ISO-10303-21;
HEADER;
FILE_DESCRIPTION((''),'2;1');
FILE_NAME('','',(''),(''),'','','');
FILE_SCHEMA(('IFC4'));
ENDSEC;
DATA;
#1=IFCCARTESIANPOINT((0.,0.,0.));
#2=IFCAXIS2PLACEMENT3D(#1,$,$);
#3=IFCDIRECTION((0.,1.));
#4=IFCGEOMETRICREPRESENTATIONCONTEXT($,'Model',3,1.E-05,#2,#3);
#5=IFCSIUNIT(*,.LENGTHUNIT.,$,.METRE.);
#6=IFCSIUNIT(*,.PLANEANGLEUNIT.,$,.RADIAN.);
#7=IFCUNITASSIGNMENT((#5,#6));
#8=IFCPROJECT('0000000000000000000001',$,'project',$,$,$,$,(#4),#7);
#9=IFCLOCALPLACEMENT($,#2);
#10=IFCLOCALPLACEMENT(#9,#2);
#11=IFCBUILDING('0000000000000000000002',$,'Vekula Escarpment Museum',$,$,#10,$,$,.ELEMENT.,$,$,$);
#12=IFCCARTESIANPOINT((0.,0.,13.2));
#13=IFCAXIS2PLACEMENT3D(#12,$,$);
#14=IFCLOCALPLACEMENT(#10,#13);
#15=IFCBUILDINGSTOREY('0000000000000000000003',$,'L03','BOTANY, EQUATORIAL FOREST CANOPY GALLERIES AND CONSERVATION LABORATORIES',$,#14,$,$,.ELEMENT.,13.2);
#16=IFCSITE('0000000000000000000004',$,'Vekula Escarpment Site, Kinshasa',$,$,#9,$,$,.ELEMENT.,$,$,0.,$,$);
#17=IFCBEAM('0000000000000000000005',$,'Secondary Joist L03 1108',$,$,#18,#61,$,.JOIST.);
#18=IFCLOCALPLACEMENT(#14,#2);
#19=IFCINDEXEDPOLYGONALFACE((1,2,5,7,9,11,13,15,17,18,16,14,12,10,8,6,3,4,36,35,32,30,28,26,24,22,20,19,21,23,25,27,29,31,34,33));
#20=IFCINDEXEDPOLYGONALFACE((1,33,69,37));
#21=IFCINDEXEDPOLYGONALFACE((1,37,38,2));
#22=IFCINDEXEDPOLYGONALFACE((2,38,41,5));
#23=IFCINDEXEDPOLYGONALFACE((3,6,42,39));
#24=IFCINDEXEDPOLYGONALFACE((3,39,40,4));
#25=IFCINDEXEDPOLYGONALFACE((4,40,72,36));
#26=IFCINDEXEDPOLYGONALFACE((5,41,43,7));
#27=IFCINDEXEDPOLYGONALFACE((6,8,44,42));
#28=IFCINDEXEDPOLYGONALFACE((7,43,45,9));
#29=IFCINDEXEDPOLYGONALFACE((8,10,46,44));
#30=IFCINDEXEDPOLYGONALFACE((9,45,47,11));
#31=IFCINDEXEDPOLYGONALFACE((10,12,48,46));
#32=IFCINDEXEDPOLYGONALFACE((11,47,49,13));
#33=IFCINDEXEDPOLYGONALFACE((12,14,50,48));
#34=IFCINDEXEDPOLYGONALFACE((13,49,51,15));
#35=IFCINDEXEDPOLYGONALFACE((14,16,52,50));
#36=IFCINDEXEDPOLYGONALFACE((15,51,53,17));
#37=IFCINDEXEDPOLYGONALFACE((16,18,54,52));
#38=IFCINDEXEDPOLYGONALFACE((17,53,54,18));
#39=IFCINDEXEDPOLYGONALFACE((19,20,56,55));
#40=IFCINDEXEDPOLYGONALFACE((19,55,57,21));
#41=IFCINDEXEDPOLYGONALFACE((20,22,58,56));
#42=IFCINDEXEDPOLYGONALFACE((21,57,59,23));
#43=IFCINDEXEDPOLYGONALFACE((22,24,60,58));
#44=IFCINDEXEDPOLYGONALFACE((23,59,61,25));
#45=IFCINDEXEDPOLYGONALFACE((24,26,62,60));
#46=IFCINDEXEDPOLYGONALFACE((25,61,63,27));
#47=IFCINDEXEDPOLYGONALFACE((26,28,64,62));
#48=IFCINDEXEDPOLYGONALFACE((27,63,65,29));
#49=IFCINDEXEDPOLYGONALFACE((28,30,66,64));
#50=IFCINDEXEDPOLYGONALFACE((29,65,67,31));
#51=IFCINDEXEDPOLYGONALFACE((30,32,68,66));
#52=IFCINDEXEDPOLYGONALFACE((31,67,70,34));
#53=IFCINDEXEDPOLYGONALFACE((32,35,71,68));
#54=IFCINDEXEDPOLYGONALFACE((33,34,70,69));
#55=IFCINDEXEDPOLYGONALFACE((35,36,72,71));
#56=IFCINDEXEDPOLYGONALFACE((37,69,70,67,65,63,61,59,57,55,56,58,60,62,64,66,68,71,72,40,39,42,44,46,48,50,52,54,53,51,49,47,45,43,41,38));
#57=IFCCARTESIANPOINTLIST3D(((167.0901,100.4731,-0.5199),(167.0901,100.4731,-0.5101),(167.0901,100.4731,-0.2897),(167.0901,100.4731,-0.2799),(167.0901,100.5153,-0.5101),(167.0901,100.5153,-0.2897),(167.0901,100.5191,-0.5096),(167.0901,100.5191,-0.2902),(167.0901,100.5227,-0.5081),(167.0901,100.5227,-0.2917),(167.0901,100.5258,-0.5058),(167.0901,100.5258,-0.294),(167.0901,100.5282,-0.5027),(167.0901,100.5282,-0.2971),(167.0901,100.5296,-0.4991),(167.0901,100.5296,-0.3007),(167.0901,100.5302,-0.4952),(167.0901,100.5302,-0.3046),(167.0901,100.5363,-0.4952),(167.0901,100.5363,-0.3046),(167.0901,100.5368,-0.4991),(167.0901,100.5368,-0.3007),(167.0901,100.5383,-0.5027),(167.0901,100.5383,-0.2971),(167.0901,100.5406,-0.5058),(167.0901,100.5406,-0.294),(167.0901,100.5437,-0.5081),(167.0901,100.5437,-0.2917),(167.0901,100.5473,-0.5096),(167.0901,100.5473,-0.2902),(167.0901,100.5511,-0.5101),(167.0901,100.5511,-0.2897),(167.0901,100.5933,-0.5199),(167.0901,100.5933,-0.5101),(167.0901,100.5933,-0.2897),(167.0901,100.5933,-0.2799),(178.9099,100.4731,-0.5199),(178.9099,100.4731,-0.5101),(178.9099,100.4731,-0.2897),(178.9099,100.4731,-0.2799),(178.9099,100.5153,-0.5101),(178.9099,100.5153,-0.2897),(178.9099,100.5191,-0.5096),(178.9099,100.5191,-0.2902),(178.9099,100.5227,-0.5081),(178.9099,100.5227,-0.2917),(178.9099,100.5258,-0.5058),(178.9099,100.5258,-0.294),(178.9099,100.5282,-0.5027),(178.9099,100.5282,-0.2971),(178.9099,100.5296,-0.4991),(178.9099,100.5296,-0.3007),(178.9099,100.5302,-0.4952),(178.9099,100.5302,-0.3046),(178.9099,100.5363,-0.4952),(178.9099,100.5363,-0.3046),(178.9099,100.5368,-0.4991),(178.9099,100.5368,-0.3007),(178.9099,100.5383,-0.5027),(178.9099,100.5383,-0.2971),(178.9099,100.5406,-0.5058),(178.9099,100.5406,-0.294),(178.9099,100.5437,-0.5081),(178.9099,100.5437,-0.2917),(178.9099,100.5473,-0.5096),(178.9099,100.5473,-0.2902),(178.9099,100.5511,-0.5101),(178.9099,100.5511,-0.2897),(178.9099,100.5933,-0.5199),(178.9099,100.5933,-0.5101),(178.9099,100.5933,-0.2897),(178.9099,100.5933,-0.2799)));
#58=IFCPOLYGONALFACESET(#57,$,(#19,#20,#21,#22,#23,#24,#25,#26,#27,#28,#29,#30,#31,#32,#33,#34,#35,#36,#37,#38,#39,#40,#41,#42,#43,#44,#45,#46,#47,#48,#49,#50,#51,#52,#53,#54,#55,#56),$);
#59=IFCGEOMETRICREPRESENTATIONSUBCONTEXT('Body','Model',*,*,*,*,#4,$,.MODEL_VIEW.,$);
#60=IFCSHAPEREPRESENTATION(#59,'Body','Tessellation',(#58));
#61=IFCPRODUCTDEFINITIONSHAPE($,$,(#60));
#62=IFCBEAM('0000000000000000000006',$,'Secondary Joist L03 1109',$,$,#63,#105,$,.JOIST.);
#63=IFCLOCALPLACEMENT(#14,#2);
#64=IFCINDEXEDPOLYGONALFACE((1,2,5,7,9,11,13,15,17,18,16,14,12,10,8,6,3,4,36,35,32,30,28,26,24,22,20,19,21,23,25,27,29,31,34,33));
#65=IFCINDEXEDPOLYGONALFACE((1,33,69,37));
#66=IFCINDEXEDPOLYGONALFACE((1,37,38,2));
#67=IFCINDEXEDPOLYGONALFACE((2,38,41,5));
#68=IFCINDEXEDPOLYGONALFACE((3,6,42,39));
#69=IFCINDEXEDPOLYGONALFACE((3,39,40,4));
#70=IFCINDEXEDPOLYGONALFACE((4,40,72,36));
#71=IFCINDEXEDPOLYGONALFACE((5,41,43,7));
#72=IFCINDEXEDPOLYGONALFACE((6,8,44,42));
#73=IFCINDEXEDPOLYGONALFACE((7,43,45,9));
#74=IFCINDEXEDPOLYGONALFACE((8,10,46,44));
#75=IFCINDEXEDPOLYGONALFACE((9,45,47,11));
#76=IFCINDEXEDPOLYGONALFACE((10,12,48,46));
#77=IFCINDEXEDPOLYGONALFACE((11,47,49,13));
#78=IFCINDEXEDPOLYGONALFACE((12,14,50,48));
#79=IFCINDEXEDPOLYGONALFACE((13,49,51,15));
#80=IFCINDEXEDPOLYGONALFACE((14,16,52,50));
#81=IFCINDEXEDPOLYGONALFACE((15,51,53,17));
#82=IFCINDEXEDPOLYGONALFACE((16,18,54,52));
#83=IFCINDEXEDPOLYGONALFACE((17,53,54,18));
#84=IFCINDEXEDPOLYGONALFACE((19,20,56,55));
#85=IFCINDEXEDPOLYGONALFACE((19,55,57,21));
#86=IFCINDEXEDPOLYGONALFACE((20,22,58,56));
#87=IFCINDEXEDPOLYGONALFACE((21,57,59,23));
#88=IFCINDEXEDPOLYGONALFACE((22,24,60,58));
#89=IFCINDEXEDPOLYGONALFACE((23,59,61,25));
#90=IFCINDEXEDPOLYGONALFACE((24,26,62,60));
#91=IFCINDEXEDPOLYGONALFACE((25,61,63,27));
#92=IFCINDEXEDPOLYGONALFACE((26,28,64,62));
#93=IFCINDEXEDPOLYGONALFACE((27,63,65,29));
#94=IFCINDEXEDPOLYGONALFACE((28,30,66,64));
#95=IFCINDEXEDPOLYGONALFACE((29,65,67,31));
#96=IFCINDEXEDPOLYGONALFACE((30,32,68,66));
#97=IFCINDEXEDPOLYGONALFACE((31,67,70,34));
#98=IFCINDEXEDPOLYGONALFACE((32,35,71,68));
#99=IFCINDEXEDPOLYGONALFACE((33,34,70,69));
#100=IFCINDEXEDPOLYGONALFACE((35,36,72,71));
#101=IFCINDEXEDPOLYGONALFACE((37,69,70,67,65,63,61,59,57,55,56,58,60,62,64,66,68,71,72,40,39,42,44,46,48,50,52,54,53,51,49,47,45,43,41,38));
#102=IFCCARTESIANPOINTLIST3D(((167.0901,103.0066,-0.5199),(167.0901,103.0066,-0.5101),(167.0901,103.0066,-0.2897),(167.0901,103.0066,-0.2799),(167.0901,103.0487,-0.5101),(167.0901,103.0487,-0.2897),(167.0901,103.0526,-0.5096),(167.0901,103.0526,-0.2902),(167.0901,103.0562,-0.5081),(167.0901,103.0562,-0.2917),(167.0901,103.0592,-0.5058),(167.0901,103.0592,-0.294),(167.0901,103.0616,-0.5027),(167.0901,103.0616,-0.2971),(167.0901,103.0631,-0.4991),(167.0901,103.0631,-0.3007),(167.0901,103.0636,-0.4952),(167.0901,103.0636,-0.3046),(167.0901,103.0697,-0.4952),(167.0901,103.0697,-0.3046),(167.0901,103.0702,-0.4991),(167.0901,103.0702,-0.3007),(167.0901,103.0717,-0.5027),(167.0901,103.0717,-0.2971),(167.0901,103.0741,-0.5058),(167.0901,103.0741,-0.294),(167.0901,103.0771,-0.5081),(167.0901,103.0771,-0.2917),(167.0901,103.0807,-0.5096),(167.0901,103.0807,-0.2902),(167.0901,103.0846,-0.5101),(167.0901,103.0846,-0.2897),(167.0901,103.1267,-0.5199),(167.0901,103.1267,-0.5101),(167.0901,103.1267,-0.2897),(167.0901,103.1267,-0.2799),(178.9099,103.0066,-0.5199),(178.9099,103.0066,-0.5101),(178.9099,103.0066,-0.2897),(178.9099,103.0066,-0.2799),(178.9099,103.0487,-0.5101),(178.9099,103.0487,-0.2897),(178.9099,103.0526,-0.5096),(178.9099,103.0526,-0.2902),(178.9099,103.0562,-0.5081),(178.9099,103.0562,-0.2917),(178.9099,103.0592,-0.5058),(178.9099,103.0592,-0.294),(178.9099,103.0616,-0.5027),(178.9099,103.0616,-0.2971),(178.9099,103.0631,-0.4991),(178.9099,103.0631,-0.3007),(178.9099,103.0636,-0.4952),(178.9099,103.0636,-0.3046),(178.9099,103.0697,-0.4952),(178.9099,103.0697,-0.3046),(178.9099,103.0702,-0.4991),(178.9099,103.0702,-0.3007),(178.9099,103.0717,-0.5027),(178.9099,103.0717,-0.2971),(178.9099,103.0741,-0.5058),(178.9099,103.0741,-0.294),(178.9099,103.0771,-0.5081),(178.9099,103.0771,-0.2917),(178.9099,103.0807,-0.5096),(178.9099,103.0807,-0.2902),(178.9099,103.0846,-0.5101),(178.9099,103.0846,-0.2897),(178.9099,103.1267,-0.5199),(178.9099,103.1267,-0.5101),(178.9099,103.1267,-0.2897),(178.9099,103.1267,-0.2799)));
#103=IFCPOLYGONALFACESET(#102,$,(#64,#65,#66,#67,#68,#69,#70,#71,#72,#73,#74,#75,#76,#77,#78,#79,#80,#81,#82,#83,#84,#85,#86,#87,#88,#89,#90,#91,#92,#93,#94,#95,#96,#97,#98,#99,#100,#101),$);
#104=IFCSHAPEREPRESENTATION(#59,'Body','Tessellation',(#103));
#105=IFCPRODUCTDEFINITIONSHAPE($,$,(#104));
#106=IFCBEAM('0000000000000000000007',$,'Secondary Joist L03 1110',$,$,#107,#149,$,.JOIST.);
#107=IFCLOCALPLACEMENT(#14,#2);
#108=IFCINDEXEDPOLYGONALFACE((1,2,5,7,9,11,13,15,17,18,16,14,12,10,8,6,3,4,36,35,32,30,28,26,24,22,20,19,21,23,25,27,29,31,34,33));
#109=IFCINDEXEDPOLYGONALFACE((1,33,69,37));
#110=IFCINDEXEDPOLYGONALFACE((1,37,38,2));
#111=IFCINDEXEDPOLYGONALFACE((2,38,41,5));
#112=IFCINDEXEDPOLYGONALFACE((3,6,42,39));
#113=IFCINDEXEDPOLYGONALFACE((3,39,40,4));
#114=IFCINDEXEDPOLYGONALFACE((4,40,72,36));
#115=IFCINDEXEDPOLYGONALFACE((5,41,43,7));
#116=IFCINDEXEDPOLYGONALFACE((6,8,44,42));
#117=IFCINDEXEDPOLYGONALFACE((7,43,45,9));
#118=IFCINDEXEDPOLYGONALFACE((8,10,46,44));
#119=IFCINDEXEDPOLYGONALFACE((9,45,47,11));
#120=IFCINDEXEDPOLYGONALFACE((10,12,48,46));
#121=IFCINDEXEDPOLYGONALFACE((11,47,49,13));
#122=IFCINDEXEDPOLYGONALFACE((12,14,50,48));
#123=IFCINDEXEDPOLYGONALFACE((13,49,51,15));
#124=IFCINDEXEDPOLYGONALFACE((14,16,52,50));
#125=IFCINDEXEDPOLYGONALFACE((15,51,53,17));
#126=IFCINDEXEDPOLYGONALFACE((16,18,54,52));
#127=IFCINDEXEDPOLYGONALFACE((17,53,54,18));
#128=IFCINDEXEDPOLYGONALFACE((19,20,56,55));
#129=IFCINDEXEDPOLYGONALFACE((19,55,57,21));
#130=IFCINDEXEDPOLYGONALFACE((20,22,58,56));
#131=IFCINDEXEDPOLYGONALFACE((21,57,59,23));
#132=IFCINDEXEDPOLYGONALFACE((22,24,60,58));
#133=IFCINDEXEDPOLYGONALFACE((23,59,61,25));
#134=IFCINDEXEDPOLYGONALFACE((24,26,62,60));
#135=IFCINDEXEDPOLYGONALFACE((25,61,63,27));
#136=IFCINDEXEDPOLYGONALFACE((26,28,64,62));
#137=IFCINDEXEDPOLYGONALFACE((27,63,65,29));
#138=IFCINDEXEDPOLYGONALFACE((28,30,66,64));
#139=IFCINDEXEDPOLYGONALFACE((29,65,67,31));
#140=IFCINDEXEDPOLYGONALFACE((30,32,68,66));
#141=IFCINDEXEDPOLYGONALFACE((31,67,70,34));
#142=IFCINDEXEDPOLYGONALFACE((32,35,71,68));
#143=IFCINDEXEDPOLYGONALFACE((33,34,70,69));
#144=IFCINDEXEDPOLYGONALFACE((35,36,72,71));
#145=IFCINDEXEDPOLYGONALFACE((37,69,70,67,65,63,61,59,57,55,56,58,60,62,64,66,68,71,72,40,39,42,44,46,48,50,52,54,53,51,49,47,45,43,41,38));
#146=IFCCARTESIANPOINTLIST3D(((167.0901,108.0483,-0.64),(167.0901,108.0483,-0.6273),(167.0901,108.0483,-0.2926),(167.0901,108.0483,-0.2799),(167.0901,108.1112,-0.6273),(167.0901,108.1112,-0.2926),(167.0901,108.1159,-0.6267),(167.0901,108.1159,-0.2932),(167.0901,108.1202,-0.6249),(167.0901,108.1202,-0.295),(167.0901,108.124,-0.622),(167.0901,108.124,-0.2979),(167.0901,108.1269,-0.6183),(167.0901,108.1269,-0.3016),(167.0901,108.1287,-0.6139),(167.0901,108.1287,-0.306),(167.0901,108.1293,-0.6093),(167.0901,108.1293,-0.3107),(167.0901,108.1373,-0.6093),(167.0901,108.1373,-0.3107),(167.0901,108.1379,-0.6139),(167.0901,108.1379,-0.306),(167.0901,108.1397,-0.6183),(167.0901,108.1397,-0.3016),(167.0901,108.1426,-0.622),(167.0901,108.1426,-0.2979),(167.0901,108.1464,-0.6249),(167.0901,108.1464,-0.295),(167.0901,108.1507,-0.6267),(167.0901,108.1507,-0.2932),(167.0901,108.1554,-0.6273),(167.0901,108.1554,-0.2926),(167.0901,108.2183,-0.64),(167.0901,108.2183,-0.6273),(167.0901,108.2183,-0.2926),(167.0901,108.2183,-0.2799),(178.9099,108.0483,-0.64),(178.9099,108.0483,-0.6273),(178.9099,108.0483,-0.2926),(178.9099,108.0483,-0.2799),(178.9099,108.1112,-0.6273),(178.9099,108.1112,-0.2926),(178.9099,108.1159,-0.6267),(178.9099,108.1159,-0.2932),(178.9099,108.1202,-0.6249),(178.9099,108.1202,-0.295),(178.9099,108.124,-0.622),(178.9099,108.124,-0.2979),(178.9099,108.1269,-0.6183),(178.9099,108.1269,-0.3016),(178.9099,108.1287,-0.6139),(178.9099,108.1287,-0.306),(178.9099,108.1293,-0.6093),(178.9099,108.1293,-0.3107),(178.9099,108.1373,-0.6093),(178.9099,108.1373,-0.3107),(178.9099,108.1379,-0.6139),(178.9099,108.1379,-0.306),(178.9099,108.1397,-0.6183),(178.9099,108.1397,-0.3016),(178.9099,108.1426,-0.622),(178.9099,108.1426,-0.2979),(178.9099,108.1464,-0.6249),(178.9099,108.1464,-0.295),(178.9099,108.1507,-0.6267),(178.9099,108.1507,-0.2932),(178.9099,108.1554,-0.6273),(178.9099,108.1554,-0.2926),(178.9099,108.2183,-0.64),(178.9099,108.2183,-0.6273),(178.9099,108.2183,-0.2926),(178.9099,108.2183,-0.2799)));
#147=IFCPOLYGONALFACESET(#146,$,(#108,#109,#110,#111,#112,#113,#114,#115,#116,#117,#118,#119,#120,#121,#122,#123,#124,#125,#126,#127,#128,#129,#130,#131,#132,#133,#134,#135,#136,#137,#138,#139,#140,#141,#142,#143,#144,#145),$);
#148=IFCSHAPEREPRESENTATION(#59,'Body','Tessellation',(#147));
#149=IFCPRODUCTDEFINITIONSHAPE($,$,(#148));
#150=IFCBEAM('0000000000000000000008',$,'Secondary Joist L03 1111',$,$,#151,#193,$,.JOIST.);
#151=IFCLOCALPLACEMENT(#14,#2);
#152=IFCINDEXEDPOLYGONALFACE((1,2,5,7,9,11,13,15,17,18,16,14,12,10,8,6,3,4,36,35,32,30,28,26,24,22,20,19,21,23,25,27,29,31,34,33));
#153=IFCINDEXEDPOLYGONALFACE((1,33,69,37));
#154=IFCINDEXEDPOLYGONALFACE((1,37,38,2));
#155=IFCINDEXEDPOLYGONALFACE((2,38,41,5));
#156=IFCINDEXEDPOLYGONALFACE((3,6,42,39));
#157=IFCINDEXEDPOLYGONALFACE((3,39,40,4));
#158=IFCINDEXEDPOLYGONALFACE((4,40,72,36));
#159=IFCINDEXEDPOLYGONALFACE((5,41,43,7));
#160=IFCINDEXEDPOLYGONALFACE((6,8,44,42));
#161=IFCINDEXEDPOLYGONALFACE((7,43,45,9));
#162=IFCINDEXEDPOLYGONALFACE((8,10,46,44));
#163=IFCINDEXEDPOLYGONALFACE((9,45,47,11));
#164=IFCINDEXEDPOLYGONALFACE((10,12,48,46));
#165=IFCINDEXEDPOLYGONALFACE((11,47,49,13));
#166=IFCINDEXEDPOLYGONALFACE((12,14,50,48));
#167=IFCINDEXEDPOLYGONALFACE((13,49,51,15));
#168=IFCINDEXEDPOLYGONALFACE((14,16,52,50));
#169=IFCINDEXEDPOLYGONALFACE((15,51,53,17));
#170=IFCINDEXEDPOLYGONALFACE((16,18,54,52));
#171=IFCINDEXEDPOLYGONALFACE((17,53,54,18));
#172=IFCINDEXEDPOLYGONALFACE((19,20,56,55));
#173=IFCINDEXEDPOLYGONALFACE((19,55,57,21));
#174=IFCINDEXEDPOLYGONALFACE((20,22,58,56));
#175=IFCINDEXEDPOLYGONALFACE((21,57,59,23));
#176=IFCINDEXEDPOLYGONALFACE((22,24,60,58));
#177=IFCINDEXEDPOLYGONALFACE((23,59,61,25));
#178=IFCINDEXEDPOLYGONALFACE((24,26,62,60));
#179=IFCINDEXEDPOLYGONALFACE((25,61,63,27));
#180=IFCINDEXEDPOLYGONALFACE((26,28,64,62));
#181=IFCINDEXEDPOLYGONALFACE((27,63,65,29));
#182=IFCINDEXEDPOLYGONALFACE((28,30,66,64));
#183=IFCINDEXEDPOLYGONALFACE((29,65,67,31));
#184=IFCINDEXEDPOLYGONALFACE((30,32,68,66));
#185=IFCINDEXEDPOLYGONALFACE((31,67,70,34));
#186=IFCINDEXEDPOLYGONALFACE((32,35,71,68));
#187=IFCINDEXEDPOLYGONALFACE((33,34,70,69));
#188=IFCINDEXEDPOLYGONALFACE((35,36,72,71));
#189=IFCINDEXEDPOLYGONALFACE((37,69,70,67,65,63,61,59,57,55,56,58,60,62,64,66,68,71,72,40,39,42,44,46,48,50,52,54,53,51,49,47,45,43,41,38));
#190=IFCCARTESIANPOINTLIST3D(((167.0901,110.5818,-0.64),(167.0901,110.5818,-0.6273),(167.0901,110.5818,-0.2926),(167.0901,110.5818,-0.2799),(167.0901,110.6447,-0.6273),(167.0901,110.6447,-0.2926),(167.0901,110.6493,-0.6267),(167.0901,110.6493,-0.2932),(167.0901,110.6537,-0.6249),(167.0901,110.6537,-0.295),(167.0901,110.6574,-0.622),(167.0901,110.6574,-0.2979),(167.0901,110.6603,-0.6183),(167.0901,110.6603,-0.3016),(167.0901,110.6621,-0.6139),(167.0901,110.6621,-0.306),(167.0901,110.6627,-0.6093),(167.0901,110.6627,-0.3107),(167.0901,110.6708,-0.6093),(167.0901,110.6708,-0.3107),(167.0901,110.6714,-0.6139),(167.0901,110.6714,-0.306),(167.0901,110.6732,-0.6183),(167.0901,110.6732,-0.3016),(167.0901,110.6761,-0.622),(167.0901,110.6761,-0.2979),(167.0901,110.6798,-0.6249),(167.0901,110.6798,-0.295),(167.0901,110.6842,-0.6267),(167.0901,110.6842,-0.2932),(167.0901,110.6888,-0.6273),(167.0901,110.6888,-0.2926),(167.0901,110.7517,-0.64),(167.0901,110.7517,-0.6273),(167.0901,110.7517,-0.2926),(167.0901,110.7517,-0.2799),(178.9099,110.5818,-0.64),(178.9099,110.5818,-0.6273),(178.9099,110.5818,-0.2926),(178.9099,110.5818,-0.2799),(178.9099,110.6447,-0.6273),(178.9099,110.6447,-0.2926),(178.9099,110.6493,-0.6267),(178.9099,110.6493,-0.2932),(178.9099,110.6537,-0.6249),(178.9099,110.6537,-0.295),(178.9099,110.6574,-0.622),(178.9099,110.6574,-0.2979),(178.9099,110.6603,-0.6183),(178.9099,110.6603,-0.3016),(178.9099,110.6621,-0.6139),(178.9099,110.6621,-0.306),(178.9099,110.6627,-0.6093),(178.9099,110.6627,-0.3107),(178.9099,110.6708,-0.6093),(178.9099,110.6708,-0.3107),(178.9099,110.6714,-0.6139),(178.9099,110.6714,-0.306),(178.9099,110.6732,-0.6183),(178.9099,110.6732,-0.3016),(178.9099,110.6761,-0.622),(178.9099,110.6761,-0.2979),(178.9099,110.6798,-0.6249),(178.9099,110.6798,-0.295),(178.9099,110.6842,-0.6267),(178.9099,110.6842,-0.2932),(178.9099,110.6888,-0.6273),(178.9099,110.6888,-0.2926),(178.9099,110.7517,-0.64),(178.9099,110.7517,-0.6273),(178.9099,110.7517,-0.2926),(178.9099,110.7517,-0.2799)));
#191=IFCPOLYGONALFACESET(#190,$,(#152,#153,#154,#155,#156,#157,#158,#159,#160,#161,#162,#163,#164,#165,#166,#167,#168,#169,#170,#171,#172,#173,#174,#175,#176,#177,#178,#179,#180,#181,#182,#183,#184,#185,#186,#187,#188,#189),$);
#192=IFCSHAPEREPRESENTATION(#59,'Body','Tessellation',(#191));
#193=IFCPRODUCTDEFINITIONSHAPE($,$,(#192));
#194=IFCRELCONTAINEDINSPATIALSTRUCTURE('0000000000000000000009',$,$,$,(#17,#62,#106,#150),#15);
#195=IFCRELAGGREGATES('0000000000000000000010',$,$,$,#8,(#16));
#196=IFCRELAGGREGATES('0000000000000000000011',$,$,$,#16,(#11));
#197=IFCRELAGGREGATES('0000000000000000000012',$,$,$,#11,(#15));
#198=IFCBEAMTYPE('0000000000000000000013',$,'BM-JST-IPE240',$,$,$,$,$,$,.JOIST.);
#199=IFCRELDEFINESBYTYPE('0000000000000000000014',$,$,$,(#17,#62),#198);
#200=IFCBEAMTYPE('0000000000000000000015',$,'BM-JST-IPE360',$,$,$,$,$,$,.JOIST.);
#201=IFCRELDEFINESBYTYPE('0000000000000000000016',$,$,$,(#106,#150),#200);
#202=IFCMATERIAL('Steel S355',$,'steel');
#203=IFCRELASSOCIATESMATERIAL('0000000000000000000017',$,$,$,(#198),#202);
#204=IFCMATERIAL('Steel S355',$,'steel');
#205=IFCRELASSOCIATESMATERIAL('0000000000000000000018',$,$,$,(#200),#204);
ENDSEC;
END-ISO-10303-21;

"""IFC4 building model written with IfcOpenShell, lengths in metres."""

from ifc_helpers import new_model, si_unit, direction, frame, origin, origin_2d, place, context, subcontext, project, spatial, i_section, extrude, material, material_profile, profile_set, type_object, element, save


model = new_model("IFC4")

# Units and contexts
model_context = context("Model", 3, precision=1e-05, world=origin(), true_north=direction((0.0, 1.0)))
body_context = subcontext(model_context, "Body", "Model", "MODEL_VIEW")
ifc_project = project(units=[si_unit("LENGTHUNIT", "METRE"), si_unit("PLANEANGLEUNIT", "RADIAN")], contexts=[model_context])

# Site, building, storey
site_placement = place(None, origin())
site = spatial("IfcSite", under=ifc_project, at=site_placement, Name="Vekula Escarpment Site, Kinshasa", CompositionType="ELEMENT", RefElevation=0.0)
building_placement = place(site_placement, origin())
building = spatial("IfcBuilding", under=site, at=building_placement, Name="Vekula Escarpment Museum", CompositionType="ELEMENT")
storey_placement = place(building_placement, frame((0.0, 0.0, 13.2)))
storey = spatial("IfcBuildingStorey", under=building, at=storey_placement, Name="L03", Description="BOTANY, EQUATORIAL FOREST CANOPY GALLERIES AND CONSERVATION LABORATORIES", CompositionType="ELEMENT", Elevation=13.2)

# Beams
ifc_material_1 = material(Name="Steel S355", Category="steel")
ifc_material_profile_1 = material_profile(ifc_material_1, i_section(OverallWidth=0.1201, OverallDepth=0.24, WebThickness=0.0061, FlangeThickness=0.0098, FilletRadius=0.0149, at=origin_2d()), Name="IPE 240")
ifc_profile_set_1 = profile_set([ifc_material_profile_1], Name="Steel S355")
beam_type_1 = type_object("IfcBeamType", Name="BM-JST-IPE240", PredefinedType="JOIST", material=ifc_profile_set_1)
for number, where, z_axis, x_axis, name in (
    (1, (167.0901, 100.5332, -0.3999), (1.0, 0.0, 0.0), (0.0, 1.0, 0.0), "Secondary Joist L03 1108"),
    (2, (167.0901, 103.0667, -0.3999), (1.0, 0.0, 0.0), (0.0, 1.0, 0.0), "Secondary Joist L03 1109"),
):
    element("IfcBeam", number, at=place(storey_placement, frame(where, z_axis=z_axis, x_axis=x_axis)), inside=storey, type_object=beam_type_1, Name=name, PredefinedType="JOIST", context=body_context, shape_type="SweptSolid", body=[
        extrude(i_section(OverallWidth=0.1201, OverallDepth=0.24, WebThickness=0.0061, FlangeThickness=0.0098, FilletRadius=0.0149, at=origin_2d()), origin(), (0.0, 0.0, 1.0), 11.8198),
    ])
ifc_material_2 = material(Name="Steel S355", Category="steel")
ifc_material_profile_2 = material_profile(ifc_material_2, i_section(OverallWidth=0.1699, OverallDepth=0.3601, WebThickness=0.0081, FlangeThickness=0.0127, FilletRadius=0.0181, at=origin_2d()), Name="IPE 360")
ifc_profile_set_2 = profile_set([ifc_material_profile_2], Name="Steel S355")
beam_type_2 = type_object("IfcBeamType", Name="BM-JST-IPE360", PredefinedType="JOIST", material=ifc_profile_set_2)
for number, where, z_axis, x_axis, name in (
    (3, (167.0901, 108.1333, -0.46), (1.0, 0.0, 0.0), (0.0, 1.0, 0.0), "Secondary Joist L03 1110"),
    (4, (167.0901, 110.6667, -0.46), (1.0, 0.0, 0.0), (0.0, 1.0, 0.0), "Secondary Joist L03 1111"),
):
    element("IfcBeam", number, at=place(storey_placement, frame(where, z_axis=z_axis, x_axis=x_axis)), inside=storey, type_object=beam_type_2, Name=name, PredefinedType="JOIST", context=body_context, shape_type="SweptSolid", body=[
        extrude(i_section(OverallWidth=0.1699, OverallDepth=0.3601, WebThickness=0.0081, FlangeThickness=0.0127, FilletRadius=0.0181, at=origin_2d()), origin(), (0.0, 0.0, 1.0), 11.8198),
    ])

save(model, "model.ifc")
